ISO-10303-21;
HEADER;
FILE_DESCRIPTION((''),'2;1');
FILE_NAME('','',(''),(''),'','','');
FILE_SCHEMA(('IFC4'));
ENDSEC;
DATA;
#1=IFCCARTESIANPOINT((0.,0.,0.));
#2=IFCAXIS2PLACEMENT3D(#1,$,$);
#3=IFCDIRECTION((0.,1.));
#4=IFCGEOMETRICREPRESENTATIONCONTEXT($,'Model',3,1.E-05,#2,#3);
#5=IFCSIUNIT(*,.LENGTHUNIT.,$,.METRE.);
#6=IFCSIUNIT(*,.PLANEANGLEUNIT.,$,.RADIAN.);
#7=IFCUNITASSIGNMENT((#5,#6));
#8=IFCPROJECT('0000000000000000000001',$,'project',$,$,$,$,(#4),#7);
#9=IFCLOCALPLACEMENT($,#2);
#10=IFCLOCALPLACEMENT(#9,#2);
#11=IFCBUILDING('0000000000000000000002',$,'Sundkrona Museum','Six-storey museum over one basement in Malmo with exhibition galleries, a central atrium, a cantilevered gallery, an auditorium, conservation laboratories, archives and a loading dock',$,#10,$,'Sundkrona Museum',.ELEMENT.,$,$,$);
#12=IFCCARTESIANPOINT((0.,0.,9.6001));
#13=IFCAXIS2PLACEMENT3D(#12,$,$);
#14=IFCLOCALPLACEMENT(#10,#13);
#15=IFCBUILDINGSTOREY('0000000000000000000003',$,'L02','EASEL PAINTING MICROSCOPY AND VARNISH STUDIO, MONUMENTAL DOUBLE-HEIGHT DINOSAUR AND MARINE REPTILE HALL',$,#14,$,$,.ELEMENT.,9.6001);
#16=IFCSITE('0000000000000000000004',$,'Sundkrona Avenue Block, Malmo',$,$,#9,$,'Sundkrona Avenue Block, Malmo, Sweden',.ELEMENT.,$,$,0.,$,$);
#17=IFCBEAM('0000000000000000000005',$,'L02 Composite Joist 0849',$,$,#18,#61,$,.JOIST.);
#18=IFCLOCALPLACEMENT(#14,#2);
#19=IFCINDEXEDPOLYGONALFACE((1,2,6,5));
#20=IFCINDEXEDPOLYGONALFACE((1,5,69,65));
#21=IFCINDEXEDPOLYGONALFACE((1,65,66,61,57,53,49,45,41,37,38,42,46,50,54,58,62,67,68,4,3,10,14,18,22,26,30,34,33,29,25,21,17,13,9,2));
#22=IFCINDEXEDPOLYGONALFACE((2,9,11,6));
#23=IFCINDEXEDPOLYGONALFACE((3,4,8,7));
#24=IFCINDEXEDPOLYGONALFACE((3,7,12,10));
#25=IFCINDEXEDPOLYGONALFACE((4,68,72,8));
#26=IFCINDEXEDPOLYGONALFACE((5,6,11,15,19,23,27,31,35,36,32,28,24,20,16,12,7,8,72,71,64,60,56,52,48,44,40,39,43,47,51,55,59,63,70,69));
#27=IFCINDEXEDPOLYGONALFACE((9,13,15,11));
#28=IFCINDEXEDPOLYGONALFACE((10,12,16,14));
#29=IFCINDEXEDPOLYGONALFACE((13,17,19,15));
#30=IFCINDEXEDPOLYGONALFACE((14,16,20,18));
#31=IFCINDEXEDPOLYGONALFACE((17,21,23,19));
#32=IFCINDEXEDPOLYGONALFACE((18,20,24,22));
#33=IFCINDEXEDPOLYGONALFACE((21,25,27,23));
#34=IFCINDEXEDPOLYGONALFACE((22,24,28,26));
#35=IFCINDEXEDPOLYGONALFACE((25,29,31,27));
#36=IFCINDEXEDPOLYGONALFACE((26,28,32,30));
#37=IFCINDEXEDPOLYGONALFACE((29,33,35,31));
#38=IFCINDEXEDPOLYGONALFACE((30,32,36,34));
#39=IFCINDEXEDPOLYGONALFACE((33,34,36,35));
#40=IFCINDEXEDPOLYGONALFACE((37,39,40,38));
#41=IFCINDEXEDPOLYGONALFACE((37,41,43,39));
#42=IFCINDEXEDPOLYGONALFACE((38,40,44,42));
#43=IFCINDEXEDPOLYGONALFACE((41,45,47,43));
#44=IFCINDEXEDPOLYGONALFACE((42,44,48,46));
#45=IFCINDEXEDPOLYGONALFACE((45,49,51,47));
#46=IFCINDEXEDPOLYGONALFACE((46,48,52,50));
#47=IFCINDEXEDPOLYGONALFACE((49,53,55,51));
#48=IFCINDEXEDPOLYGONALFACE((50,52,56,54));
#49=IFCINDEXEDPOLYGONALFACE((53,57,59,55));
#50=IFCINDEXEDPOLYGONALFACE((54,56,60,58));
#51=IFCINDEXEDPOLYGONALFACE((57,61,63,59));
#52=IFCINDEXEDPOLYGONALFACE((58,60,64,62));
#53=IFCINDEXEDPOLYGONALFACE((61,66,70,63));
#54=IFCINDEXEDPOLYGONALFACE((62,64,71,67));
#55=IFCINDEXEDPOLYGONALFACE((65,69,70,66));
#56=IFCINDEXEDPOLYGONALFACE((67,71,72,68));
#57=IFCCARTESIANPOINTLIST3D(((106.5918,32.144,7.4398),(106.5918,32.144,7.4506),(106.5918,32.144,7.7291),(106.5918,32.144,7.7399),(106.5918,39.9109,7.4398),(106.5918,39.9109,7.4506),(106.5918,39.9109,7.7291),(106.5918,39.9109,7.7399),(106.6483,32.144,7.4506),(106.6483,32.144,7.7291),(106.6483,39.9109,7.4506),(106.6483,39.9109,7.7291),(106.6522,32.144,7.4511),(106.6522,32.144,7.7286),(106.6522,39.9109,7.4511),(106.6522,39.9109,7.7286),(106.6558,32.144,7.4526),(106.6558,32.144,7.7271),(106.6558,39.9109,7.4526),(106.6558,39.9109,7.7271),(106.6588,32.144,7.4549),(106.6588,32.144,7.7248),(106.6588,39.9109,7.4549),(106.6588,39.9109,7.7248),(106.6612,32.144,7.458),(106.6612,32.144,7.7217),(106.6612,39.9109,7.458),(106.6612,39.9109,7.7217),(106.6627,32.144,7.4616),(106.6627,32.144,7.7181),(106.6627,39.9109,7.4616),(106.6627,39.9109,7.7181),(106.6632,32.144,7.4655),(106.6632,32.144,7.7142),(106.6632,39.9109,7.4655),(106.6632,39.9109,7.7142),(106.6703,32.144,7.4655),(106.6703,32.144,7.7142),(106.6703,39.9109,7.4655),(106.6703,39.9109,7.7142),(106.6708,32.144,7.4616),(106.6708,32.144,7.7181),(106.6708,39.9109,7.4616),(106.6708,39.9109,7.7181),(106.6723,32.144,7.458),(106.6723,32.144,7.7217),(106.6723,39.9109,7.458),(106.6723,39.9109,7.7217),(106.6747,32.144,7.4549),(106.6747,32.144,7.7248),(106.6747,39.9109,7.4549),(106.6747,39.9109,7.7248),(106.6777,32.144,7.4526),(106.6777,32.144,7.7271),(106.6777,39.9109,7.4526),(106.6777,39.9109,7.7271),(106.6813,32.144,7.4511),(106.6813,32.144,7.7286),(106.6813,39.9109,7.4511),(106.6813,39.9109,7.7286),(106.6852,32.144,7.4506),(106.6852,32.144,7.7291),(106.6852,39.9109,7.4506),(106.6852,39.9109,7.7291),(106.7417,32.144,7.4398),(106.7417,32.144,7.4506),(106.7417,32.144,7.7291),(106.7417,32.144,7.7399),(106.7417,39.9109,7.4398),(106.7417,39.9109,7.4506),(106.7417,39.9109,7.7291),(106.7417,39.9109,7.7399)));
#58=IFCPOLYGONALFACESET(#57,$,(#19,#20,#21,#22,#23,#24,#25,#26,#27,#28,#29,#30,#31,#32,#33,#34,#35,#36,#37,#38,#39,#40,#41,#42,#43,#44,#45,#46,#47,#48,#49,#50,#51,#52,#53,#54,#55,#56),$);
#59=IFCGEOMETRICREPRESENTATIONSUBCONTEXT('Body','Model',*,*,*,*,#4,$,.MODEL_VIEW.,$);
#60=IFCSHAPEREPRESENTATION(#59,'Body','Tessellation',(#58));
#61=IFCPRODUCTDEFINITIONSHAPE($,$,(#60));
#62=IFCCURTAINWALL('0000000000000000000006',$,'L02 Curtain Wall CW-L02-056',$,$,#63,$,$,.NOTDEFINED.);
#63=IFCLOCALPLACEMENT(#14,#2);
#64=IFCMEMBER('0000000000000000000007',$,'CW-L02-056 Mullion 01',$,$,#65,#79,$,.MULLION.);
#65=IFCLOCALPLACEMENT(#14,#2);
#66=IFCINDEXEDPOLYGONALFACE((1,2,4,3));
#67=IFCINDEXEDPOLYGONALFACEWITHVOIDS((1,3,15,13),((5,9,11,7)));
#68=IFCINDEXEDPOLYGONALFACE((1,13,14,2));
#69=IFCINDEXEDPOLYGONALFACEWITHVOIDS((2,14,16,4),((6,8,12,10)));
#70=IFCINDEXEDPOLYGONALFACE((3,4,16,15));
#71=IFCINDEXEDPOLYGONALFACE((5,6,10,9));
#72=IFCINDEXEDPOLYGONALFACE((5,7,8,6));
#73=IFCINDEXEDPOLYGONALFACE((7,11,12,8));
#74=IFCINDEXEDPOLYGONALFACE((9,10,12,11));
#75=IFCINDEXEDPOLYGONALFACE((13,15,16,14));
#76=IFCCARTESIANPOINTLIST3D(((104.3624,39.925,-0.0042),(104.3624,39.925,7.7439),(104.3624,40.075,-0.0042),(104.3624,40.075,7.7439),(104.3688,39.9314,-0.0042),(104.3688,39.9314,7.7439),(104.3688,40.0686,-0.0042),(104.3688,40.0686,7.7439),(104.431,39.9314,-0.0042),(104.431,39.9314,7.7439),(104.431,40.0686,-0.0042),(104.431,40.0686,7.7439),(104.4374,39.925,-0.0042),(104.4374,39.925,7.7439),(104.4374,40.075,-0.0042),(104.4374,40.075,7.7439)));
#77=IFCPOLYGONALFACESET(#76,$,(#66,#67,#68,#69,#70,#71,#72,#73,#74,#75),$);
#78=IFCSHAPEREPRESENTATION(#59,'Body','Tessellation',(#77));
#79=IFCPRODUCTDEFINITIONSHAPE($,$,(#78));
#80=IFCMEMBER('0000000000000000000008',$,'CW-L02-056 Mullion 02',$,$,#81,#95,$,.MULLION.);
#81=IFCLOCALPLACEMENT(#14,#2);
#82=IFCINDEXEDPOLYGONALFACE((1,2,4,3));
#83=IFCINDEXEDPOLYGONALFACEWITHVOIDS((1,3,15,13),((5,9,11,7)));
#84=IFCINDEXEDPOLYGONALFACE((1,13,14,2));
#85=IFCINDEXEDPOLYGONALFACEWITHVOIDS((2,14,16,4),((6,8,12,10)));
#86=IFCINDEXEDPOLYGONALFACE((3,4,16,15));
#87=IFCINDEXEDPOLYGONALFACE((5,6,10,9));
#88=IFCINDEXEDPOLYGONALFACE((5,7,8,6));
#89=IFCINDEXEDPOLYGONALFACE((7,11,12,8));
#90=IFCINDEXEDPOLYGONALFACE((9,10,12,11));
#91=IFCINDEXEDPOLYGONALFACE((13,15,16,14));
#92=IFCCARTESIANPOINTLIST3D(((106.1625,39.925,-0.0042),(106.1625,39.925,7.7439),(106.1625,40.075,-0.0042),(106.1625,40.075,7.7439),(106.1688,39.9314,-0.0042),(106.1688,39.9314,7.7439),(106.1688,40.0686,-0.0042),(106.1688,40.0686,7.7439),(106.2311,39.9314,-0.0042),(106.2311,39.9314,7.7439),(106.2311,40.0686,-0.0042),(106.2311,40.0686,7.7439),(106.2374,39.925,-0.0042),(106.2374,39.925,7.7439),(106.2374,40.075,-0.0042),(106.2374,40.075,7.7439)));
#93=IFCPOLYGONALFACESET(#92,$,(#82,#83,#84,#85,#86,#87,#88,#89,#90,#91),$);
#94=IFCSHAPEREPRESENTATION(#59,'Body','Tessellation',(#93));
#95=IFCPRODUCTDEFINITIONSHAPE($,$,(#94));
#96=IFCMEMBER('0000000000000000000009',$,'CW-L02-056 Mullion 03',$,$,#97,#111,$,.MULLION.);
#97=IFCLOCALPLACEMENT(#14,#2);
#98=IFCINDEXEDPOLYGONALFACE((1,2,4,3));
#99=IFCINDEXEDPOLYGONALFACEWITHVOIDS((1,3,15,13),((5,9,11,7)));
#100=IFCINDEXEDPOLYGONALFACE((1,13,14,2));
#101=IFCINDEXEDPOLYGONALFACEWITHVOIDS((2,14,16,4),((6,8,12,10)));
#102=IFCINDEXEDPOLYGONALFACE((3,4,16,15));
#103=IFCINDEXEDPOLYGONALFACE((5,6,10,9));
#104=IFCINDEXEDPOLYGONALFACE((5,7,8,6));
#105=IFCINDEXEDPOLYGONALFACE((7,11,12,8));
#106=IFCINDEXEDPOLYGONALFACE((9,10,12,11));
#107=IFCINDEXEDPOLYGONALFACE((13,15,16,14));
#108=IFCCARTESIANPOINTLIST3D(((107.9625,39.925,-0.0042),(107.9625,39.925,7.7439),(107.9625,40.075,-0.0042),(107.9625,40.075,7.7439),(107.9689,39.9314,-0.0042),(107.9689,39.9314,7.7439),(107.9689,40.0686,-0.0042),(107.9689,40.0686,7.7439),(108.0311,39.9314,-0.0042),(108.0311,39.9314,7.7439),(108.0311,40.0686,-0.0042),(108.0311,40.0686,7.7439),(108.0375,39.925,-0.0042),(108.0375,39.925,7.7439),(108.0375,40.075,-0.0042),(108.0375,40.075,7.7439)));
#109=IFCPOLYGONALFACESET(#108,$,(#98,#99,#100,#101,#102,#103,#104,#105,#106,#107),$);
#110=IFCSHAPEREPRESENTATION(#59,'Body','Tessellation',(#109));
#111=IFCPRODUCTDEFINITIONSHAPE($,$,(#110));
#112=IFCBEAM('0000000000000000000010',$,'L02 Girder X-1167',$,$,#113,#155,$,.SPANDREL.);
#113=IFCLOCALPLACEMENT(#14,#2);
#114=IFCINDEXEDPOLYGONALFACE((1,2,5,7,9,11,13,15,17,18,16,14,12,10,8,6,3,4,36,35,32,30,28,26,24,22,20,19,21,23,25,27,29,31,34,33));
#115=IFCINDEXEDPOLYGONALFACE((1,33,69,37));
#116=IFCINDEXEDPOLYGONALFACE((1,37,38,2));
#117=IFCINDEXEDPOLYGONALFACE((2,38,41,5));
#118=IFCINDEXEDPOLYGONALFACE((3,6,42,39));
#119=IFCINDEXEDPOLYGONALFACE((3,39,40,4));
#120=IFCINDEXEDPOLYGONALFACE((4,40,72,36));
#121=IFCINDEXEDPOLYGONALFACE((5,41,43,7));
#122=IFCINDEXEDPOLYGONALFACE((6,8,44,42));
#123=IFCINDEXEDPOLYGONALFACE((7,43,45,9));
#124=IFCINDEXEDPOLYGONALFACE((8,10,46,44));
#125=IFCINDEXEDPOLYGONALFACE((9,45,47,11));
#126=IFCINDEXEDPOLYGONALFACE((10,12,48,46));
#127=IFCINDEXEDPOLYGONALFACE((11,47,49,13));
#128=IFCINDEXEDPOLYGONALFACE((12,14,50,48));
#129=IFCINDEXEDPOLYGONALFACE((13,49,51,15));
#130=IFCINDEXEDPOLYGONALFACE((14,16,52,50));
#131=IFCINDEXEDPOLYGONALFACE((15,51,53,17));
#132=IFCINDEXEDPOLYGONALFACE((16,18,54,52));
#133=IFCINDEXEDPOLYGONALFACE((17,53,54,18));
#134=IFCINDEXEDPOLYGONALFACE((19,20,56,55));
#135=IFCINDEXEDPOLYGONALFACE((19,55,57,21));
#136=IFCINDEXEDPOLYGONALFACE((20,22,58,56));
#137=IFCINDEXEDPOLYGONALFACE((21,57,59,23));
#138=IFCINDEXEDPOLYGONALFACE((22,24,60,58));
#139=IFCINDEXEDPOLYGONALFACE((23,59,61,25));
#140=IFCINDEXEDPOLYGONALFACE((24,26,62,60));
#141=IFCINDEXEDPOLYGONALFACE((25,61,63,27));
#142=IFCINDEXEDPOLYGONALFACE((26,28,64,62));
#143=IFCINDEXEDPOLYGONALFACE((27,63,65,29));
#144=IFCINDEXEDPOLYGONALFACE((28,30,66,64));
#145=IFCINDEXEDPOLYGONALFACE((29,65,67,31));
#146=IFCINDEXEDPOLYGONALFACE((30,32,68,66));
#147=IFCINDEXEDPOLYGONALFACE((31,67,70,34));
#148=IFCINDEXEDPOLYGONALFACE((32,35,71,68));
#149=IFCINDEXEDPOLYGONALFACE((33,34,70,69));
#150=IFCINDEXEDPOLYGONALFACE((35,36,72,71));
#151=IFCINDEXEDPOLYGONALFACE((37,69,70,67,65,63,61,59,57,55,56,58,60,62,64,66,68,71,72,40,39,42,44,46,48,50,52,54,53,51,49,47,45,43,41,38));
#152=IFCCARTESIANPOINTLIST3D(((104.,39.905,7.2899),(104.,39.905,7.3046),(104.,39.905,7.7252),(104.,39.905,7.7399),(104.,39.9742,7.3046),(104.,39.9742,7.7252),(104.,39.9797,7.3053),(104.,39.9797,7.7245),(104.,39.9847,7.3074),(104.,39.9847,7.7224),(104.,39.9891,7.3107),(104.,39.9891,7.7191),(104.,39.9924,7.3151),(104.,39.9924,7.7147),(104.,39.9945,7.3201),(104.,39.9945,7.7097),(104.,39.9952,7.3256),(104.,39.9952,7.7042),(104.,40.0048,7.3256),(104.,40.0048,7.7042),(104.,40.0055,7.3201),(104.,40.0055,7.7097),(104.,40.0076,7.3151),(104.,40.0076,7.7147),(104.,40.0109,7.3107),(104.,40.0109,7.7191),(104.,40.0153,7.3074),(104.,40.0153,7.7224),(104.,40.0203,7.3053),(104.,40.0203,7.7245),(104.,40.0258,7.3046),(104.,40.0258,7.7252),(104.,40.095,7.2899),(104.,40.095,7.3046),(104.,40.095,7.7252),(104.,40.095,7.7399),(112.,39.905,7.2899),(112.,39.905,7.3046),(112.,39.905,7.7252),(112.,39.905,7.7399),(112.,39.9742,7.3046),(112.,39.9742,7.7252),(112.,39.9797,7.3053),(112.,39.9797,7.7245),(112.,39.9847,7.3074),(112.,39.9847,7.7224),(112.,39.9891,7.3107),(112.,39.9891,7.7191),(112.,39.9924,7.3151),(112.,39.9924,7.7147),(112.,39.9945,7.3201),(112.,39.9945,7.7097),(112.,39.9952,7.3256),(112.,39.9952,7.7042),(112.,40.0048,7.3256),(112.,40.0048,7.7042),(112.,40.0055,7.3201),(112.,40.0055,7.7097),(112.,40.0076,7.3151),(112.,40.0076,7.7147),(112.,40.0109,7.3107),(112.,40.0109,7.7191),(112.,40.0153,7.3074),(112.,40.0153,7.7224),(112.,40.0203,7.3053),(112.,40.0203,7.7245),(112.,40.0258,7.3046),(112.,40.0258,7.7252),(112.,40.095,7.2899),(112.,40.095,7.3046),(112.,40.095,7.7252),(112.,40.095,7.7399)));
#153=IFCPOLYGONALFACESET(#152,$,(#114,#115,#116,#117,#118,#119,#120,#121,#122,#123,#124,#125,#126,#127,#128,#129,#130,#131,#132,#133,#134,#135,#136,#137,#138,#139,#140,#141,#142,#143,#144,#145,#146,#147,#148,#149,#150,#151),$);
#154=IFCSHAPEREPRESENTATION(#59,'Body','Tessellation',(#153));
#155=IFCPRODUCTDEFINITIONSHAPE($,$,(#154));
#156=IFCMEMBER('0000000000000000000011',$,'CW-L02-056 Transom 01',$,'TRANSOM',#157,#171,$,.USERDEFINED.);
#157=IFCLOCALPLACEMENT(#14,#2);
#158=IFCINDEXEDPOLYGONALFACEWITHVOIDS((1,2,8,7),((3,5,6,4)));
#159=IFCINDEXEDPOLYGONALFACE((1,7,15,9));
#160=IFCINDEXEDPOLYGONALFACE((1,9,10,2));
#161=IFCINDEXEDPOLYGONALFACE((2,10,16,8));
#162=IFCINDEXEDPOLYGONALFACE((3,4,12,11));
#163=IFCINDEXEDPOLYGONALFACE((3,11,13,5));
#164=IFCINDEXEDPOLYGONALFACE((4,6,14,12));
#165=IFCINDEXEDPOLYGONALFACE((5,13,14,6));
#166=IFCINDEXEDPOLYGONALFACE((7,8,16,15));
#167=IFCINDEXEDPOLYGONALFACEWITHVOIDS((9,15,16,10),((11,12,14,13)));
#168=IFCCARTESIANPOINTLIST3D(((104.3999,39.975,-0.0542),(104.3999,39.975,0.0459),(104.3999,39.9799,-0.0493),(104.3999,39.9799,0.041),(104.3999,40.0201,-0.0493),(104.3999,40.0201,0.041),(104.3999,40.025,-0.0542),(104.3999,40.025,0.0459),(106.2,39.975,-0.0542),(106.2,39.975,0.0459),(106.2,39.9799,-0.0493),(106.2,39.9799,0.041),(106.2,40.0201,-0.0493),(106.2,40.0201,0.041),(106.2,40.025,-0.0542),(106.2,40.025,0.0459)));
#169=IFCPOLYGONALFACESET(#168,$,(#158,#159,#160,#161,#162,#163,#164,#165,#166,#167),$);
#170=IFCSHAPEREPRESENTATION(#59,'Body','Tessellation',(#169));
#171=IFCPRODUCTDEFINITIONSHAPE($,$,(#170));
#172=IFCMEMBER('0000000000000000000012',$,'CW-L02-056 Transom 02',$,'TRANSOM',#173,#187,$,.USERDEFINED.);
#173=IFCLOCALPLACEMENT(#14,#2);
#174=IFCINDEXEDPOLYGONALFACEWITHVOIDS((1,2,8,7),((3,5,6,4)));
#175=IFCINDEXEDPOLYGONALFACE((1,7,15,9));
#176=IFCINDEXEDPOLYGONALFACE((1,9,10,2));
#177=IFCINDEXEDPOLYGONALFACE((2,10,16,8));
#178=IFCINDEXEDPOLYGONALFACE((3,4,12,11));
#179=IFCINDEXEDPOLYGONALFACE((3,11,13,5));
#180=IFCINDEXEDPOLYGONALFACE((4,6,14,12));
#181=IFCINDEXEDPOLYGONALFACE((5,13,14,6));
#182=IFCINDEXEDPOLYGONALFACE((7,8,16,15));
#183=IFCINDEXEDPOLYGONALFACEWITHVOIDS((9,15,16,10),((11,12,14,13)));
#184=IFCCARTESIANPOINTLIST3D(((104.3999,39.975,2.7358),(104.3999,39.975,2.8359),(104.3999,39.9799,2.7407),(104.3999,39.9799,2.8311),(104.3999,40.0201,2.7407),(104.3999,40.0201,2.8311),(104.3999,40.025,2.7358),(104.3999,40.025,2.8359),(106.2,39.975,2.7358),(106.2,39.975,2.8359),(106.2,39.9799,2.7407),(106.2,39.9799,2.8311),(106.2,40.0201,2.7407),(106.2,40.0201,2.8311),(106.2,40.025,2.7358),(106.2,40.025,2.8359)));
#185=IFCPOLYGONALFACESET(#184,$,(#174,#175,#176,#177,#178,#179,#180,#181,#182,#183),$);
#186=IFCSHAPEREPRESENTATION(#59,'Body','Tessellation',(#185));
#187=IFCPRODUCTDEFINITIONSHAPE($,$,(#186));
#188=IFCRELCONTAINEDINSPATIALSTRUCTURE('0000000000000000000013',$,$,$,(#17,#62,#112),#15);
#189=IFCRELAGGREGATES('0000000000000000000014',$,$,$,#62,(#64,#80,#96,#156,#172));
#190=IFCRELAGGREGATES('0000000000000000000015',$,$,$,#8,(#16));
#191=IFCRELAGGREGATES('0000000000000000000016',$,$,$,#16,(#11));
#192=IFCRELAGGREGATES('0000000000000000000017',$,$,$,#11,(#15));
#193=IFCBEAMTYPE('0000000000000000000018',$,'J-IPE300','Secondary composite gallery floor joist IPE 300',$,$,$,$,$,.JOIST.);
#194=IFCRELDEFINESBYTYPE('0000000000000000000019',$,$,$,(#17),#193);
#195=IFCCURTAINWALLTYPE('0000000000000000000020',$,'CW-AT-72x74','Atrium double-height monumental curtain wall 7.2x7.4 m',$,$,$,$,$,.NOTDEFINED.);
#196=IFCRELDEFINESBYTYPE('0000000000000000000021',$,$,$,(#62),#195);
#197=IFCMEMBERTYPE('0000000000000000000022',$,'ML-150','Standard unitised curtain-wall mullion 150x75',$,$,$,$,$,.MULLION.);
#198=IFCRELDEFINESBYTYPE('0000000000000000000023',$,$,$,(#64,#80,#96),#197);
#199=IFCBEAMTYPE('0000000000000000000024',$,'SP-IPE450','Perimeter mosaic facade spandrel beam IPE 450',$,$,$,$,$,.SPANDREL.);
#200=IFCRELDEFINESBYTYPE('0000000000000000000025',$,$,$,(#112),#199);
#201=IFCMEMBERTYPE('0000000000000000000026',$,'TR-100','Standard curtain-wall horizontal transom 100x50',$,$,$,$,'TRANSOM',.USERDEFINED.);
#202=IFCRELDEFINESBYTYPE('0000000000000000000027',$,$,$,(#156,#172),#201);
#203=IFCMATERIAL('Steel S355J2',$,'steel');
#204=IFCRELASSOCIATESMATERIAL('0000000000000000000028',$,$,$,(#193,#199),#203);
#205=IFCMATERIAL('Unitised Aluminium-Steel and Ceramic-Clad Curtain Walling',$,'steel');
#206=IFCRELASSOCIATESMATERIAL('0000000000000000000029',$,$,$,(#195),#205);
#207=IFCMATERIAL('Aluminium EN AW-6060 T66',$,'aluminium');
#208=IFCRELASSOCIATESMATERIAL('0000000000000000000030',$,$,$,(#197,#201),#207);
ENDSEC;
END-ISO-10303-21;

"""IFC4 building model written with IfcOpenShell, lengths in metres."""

from ifc_helpers import new_model, si_unit, direction, frame, origin, origin_2d, place, context, subcontext, project, spatial, hollow_rectangle, i_section, extrude, material, material_profile, profile_set, type_object, element, aggregate, save


model = new_model("IFC4")

# Units and contexts
model_context = context("Model", 3, precision=1e-05, world=origin(), true_north=direction((0.0, 1.0)))
body_context = subcontext(model_context, "Body", "Model", "MODEL_VIEW")
ifc_project = project(units=[si_unit("LENGTHUNIT", "METRE"), si_unit("PLANEANGLEUNIT", "RADIAN")], contexts=[model_context])

# Site, building, storey
site_placement = place(None, origin())
site = spatial("IfcSite", under=ifc_project, at=site_placement, Name="Sundkrona Avenue Block, Malmo", LongName="Sundkrona Avenue Block, Malmo, Sweden", CompositionType="ELEMENT", RefElevation=0.0)
building_placement = place(site_placement, origin())
building = spatial("IfcBuilding", under=site, at=building_placement, Name="Sundkrona Museum", Description="Six-storey museum over one basement in Malmo with exhibition galleries, a central atrium, a cantilevered gallery, an auditorium, conservation laboratories, archives and a loading dock", LongName="Sundkrona Museum", CompositionType="ELEMENT")
storey_placement = place(building_placement, frame((0.0, 0.0, 9.6001)))
storey = spatial("IfcBuildingStorey", under=building, at=storey_placement, Name="L02", Description="EASEL PAINTING MICROSCOPY AND VARNISH STUDIO, MONUMENTAL DOUBLE-HEIGHT DINOSAUR AND MARINE REPTILE HALL", CompositionType="ELEMENT", Elevation=9.6001)

# Shared definitions
ifc_material_1 = material(Name="Steel S355J2", Category="steel")

# Beam
ifc_material_profile_1 = material_profile(ifc_material_1, i_section(OverallWidth=0.1499, OverallDepth=0.3, WebThickness=0.0071, FlangeThickness=0.0107, FilletRadius=0.0149, at=origin_2d()), Name="IPE 300")
ifc_profile_set_1 = profile_set([ifc_material_profile_1], Name="Steel S355J2")
beam_type_1 = type_object("IfcBeamType", Name="J-IPE300", Description="Secondary composite gallery floor joist IPE 300", PredefinedType="JOIST", material=ifc_profile_set_1)
beam_1_placement = place(storey_placement, frame((106.6667, 32.144, 7.5898), z_axis=(0.0, 1.0, 0.0), x_axis=(-1.0, 0.0, 0.0)))
element("IfcBeam", 1, at=beam_1_placement, inside=storey, type_object=beam_type_1, Name="L02 Composite Joist 0849", PredefinedType="JOIST", context=body_context, shape_type="SweptSolid", body=[
    extrude(i_section(OverallWidth=0.1499, OverallDepth=0.3, WebThickness=0.0071, FlangeThickness=0.0107, FilletRadius=0.0149, at=origin_2d()), origin(), (0.0, 0.0, 1.0), 7.7668),
])

# Curtain wall, members
ifc_material_2 = material(Name="Unitised Aluminium-Steel and Ceramic-Clad Curtain Walling", Category="steel")
curtain_wall_type = type_object("IfcCurtainWallType", Name="CW-AT-72x74", Description="Atrium double-height monumental curtain wall 7.2x7.4 m", PredefinedType="NOTDEFINED", material=ifc_material_2)
curtain_wall_placement = place(storey_placement, origin())
curtain_wall = element("IfcCurtainWall", 2, at=curtain_wall_placement, inside=storey, type_object=curtain_wall_type, Name="L02 Curtain Wall CW-L02-056", PredefinedType="NOTDEFINED")
ifc_material_3 = material(Name="Aluminium EN AW-6060 T66", Category="aluminium")
ifc_material_profile_2 = material_profile(ifc_material_3, hollow_rectangle(XDim=0.075, YDim=0.1499, WallThickness=0.0063, at=origin_2d()), Name="RHS 150x75x6.3")
ifc_profile_set_2 = profile_set([ifc_material_profile_2], Name="Aluminium EN AW-6060 T66")
member_type_1 = type_object("IfcMemberType", Name="ML-150", Description="Standard unitised curtain-wall mullion 150x75", PredefinedType="MULLION", material=ifc_profile_set_2)
member_1_placement = place(storey_placement, frame((104.3999, 40.0, -0.0042), z_axis=(0.0, 0.0, 1.0), x_axis=(1.0, 0.0, 0.0)))
member_1 = element("IfcMember", 3, at=member_1_placement, type_object=member_type_1, Name="CW-L02-056 Mullion 01", PredefinedType="MULLION", context=body_context, shape_type="SweptSolid", body=[
    extrude(hollow_rectangle(XDim=0.075, YDim=0.1499, WallThickness=0.0063, at=origin_2d()), origin(), (0.0, 0.0, 1.0), 7.748),
])
member_2_placement = place(storey_placement, frame((106.2, 40.0, -0.0042), z_axis=(0.0, 0.0, 1.0), x_axis=(1.0, 0.0, 0.0)))
member_2 = element("IfcMember", 4, at=member_2_placement, type_object=member_type_1, Name="CW-L02-056 Mullion 02", PredefinedType="MULLION", context=body_context, shape_type="SweptSolid", body=[
    extrude(hollow_rectangle(XDim=0.075, YDim=0.1499, WallThickness=0.0063, at=origin_2d()), origin(), (0.0, 0.0, 1.0), 7.748),
])
member_3_placement = place(storey_placement, frame((108.0, 40.0, -0.0042), z_axis=(0.0, 0.0, 1.0), x_axis=(1.0, 0.0, 0.0)))
member_3 = element("IfcMember", 5, at=member_3_placement, type_object=member_type_1, Name="CW-L02-056 Mullion 03", PredefinedType="MULLION", context=body_context, shape_type="SweptSolid", body=[
    extrude(hollow_rectangle(XDim=0.075, YDim=0.1499, WallThickness=0.0063, at=origin_2d()), origin(), (0.0, 0.0, 1.0), 7.748),
])

# Beam
ifc_material_profile_3 = material_profile(ifc_material_1, i_section(OverallWidth=0.1899, OverallDepth=0.45, WebThickness=0.0095, FlangeThickness=0.0146, FilletRadius=0.021, at=origin_2d()), Name="IPE 450")
ifc_profile_set_3 = profile_set([ifc_material_profile_3], Name="Steel S355J2")
beam_type_2 = type_object("IfcBeamType", Name="SP-IPE450", Description="Perimeter mosaic facade spandrel beam IPE 450", PredefinedType="SPANDREL", material=ifc_profile_set_3)
beam_2_placement = place(storey_placement, frame((104.0, 40.0, 7.5149), z_axis=(1.0, 0.0, 0.0), x_axis=(0.0, 1.0, 0.0)))
element("IfcBeam", 6, at=beam_2_placement, inside=storey, type_object=beam_type_2, Name="L02 Girder X-1167", PredefinedType="SPANDREL", context=body_context, shape_type="SweptSolid", body=[
    extrude(i_section(OverallWidth=0.1899, OverallDepth=0.45, WebThickness=0.0095, FlangeThickness=0.0146, FilletRadius=0.021, at=origin_2d()), origin(), (0.0, 0.0, 1.0), 8.0),
])

# Members
ifc_material_profile_4 = material_profile(ifc_material_3, hollow_rectangle(XDim=0.05, YDim=0.1001, WallThickness=0.0049, at=origin_2d()), Name="RHS 100x50x5.0")
ifc_profile_set_4 = profile_set([ifc_material_profile_4], Name="Aluminium EN AW-6060 T66")
member_type_2 = type_object("IfcMemberType", Name="TR-100", Description="Standard curtain-wall horizontal transom 100x50", ElementType="TRANSOM", PredefinedType="USERDEFINED", material=ifc_profile_set_4)
member_4_placement = place(storey_placement, frame((104.3999, 40.0, -0.0042), z_axis=(1.0, 0.0, 0.0), x_axis=(0.0, 1.0, 0.0)))
member_4 = element("IfcMember", 7, at=member_4_placement, type_object=member_type_2, Name="CW-L02-056 Transom 01", ObjectType="TRANSOM", PredefinedType="USERDEFINED", context=body_context, shape_type="SweptSolid", body=[
    extrude(hollow_rectangle(XDim=0.05, YDim=0.1001, WallThickness=0.0049, at=origin_2d()), origin(), (0.0, 0.0, 1.0), 1.8),
])
member_5_placement = place(storey_placement, frame((104.3999, 40.0, 2.7859), z_axis=(1.0, 0.0, 0.0), x_axis=(0.0, 1.0, 0.0)))
member_5 = element("IfcMember", 8, at=member_5_placement, type_object=member_type_2, Name="CW-L02-056 Transom 02", ObjectType="TRANSOM", PredefinedType="USERDEFINED", context=body_context, shape_type="SweptSolid", body=[
    extrude(hollow_rectangle(XDim=0.05, YDim=0.1001, WallThickness=0.0049, at=origin_2d()), origin(), (0.0, 0.0, 1.0), 1.8),
])

aggregate(curtain_wall, [member_1, member_2, member_3, member_4, member_5])

save(model, "model.ifc")
